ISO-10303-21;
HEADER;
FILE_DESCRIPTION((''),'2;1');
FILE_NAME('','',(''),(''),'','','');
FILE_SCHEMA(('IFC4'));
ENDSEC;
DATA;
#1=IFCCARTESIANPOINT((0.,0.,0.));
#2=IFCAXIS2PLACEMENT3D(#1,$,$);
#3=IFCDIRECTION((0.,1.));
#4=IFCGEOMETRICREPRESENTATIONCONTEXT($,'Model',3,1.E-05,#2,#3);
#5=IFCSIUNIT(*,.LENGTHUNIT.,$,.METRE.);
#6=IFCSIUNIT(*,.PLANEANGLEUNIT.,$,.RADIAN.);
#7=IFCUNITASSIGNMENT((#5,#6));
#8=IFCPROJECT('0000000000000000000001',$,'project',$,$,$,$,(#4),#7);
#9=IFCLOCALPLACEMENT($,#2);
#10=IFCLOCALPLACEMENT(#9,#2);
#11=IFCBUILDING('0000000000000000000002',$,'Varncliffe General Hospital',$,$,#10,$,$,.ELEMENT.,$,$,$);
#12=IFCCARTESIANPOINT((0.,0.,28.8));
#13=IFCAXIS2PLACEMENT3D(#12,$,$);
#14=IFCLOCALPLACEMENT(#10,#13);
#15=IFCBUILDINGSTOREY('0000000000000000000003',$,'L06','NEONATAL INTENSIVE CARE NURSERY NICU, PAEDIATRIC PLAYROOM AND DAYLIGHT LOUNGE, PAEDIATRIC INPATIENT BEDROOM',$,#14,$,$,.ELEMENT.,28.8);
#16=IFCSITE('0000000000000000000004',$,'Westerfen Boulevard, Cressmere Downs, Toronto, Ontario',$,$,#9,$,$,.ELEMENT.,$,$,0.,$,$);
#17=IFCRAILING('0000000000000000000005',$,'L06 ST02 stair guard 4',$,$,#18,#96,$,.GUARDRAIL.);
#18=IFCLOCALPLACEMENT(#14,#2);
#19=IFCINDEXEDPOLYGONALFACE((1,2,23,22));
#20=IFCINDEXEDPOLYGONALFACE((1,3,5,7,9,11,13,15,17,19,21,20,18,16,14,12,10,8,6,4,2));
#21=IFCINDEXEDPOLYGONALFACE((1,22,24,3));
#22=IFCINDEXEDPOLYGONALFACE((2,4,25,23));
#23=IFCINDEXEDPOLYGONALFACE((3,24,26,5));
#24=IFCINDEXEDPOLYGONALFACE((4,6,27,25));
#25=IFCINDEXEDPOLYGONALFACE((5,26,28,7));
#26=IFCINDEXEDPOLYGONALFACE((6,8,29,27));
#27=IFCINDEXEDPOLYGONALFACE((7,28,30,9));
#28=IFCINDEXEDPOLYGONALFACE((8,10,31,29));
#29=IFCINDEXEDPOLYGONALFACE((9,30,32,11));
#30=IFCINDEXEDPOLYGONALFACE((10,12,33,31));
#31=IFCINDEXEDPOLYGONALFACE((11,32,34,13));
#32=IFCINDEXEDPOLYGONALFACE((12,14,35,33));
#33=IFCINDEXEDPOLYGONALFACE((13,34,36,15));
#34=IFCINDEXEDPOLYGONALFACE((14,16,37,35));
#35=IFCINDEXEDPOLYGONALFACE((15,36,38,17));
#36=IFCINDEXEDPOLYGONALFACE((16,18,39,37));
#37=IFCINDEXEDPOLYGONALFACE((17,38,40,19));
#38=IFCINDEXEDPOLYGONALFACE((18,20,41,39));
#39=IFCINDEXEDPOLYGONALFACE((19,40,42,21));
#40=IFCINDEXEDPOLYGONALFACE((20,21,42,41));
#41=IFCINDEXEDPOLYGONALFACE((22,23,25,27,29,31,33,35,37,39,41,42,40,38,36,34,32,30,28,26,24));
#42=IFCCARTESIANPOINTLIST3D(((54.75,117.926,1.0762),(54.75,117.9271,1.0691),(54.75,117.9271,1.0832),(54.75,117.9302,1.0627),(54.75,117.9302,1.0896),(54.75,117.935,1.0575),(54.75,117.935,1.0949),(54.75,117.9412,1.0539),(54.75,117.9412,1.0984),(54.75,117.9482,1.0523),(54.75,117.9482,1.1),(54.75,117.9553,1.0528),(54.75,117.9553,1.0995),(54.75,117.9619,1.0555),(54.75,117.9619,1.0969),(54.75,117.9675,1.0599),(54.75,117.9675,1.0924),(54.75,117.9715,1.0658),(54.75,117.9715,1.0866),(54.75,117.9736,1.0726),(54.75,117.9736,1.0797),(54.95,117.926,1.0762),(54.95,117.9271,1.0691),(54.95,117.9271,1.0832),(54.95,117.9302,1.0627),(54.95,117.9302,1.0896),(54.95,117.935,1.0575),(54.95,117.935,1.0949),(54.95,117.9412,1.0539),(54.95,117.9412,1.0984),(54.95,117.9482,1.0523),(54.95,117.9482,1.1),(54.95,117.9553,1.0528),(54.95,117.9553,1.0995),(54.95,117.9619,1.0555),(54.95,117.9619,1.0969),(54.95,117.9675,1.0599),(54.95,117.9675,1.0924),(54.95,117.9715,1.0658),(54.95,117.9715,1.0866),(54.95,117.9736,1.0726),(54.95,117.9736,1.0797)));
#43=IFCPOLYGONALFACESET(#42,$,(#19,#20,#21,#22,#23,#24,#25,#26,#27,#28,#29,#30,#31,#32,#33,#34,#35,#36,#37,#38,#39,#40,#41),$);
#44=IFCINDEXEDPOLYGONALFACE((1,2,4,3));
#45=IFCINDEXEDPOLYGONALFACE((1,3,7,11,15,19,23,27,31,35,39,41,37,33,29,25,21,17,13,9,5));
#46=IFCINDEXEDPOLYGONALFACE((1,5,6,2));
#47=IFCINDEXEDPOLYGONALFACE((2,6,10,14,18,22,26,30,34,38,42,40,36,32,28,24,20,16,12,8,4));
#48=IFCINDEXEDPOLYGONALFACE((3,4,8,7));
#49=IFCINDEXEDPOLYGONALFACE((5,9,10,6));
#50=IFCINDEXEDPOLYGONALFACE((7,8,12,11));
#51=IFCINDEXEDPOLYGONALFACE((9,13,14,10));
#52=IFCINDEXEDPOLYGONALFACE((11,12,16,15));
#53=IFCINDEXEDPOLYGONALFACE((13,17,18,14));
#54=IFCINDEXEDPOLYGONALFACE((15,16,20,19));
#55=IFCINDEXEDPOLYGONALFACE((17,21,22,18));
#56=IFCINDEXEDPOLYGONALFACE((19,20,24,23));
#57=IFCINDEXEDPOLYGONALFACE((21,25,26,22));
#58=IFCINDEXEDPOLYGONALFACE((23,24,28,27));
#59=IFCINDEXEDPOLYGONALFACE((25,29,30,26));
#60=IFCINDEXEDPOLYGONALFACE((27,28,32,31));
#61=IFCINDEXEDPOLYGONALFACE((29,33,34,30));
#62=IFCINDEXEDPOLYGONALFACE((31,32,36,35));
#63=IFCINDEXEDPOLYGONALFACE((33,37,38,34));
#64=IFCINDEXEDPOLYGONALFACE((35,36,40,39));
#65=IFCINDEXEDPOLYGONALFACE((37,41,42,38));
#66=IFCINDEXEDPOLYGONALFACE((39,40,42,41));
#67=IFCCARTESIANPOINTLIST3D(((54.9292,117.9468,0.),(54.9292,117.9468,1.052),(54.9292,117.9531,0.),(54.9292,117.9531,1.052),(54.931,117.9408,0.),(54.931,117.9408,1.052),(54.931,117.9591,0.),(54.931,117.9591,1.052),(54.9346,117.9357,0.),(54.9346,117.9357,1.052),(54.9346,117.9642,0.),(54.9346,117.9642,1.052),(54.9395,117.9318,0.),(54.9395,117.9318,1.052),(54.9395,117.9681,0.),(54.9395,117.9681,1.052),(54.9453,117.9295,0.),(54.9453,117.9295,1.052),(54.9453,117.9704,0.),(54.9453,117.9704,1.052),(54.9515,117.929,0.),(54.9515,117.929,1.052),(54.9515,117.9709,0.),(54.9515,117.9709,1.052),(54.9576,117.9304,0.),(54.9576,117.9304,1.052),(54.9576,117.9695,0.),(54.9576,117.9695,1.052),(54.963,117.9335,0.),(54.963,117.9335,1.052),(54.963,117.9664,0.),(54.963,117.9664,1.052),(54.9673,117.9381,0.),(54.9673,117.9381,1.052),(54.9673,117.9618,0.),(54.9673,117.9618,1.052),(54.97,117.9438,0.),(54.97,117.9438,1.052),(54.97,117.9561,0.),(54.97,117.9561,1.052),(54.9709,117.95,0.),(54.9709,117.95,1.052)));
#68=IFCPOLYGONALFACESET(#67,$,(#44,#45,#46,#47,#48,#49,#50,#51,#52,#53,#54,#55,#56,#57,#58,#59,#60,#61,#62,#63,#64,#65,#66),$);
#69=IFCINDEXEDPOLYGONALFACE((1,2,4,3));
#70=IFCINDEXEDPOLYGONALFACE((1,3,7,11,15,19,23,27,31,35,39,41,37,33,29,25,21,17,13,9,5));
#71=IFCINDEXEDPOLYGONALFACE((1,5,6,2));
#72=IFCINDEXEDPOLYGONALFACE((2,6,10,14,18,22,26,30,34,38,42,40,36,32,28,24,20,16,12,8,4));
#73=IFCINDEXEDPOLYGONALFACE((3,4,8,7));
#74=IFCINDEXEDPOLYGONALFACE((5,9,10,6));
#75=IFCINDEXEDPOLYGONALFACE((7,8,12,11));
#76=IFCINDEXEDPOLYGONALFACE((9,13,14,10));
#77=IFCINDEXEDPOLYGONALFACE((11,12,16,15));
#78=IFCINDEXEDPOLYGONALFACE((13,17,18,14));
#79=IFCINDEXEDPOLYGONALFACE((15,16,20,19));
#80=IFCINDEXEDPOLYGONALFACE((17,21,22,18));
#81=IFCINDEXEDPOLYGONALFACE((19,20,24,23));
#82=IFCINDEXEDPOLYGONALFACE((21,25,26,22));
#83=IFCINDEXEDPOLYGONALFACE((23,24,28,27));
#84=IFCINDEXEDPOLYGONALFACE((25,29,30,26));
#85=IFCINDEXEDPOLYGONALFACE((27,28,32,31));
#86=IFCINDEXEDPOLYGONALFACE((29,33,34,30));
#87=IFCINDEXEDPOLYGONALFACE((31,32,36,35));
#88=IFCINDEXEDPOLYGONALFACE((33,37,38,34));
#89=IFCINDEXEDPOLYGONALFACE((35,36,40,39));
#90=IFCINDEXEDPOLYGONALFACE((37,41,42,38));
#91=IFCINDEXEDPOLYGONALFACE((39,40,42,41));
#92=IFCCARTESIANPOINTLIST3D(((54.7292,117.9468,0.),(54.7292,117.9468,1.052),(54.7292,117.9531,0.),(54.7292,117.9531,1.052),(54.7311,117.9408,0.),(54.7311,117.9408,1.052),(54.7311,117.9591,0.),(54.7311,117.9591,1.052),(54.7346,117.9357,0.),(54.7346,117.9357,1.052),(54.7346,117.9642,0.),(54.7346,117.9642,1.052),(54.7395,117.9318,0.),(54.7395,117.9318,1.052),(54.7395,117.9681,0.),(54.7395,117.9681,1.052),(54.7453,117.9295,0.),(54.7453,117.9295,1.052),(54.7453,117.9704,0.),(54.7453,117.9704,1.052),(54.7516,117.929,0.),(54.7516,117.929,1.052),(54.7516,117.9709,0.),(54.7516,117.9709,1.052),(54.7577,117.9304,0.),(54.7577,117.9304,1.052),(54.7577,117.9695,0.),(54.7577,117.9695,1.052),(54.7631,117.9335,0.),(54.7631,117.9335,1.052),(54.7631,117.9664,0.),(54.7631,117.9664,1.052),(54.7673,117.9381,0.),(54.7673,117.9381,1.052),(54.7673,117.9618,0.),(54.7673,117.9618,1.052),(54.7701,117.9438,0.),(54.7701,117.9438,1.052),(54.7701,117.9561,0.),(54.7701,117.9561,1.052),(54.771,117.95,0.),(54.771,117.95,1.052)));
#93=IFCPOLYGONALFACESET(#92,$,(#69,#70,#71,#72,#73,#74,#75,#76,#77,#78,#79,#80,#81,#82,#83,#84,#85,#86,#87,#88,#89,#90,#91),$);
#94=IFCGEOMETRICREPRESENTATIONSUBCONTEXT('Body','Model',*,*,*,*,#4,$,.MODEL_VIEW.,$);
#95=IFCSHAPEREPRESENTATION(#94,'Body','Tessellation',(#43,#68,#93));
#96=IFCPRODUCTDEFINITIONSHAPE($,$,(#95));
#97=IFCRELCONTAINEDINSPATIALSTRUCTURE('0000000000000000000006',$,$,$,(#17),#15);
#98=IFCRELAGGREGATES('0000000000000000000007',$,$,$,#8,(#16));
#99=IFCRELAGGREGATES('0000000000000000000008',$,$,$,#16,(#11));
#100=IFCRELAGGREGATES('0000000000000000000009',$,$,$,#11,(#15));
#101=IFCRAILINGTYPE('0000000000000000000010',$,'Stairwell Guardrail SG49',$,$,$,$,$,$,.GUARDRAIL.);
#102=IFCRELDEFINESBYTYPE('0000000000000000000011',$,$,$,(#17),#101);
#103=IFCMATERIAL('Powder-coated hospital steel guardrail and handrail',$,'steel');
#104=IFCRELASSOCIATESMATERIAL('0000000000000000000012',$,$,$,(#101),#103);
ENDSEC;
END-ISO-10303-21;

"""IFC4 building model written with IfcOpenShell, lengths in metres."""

from ifc_helpers import new_model, si_unit, direction, frame, origin, origin_2d, place, context, subcontext, project, spatial, circle, extrude, material, type_object, element, save


model = new_model("IFC4")

# Units and contexts
model_context = context("Model", 3, precision=1e-05, world=origin(), true_north=direction((0.0, 1.0)))
body_context = subcontext(model_context, "Body", "Model", "MODEL_VIEW")
ifc_project = project(units=[si_unit("LENGTHUNIT", "METRE"), si_unit("PLANEANGLEUNIT", "RADIAN")], contexts=[model_context])

# Site, building, storey
site_placement = place(None, origin())
site = spatial("IfcSite", under=ifc_project, at=site_placement, Name="Westerfen Boulevard, Cressmere Downs, Toronto, Ontario", CompositionType="ELEMENT", RefElevation=0.0)
building_placement = place(site_placement, origin())
building = spatial("IfcBuilding", under=site, at=building_placement, Name="Varncliffe General Hospital", CompositionType="ELEMENT")
storey_placement = place(building_placement, frame((0.0, 0.0, 28.8)))
storey = spatial("IfcBuildingStorey", under=building, at=storey_placement, Name="L06", Description="NEONATAL INTENSIVE CARE NURSERY NICU, PAEDIATRIC PLAYROOM AND DAYLIGHT LOUNGE, PAEDIATRIC INPATIENT BEDROOM", CompositionType="ELEMENT", Elevation=28.8)

# Railing
ifc_material_1 = material(Name="Powder-coated hospital steel guardrail and handrail", Category="steel")
railing_type_1 = type_object("IfcRailingType", Name="Stairwell Guardrail SG49", PredefinedType="GUARDRAIL", material=ifc_material_1)
railing_1_placement = place(storey_placement, frame((54.95, 117.95, 0.0)))
element("IfcRailing", 1, at=railing_1_placement, inside=storey, type_object=railing_type_1, Name="L06 ST02 stair guard 4", PredefinedType="GUARDRAIL", context=body_context, shape_type="SweptSolid", body=[
    extrude(circle(Radius=0.0239, at=origin_2d()), frame((0.0, 0.0, 1.0762), z_axis=(-1.0, 0.0, 0.0), x_axis=(0.0, -1.0, 0.0)), (0.0, 0.0, 1.0), 0.2),
    extrude(circle(Radius=0.021, at=origin_2d()), origin(), (0.0, 0.0, 1.0), 1.052),
    extrude(circle(Radius=0.021, at=origin_2d()), frame((-0.2, 0.0, 0.0)), (0.0, 0.0, 1.0), 1.052),
])

save(model, "model.ifc")
